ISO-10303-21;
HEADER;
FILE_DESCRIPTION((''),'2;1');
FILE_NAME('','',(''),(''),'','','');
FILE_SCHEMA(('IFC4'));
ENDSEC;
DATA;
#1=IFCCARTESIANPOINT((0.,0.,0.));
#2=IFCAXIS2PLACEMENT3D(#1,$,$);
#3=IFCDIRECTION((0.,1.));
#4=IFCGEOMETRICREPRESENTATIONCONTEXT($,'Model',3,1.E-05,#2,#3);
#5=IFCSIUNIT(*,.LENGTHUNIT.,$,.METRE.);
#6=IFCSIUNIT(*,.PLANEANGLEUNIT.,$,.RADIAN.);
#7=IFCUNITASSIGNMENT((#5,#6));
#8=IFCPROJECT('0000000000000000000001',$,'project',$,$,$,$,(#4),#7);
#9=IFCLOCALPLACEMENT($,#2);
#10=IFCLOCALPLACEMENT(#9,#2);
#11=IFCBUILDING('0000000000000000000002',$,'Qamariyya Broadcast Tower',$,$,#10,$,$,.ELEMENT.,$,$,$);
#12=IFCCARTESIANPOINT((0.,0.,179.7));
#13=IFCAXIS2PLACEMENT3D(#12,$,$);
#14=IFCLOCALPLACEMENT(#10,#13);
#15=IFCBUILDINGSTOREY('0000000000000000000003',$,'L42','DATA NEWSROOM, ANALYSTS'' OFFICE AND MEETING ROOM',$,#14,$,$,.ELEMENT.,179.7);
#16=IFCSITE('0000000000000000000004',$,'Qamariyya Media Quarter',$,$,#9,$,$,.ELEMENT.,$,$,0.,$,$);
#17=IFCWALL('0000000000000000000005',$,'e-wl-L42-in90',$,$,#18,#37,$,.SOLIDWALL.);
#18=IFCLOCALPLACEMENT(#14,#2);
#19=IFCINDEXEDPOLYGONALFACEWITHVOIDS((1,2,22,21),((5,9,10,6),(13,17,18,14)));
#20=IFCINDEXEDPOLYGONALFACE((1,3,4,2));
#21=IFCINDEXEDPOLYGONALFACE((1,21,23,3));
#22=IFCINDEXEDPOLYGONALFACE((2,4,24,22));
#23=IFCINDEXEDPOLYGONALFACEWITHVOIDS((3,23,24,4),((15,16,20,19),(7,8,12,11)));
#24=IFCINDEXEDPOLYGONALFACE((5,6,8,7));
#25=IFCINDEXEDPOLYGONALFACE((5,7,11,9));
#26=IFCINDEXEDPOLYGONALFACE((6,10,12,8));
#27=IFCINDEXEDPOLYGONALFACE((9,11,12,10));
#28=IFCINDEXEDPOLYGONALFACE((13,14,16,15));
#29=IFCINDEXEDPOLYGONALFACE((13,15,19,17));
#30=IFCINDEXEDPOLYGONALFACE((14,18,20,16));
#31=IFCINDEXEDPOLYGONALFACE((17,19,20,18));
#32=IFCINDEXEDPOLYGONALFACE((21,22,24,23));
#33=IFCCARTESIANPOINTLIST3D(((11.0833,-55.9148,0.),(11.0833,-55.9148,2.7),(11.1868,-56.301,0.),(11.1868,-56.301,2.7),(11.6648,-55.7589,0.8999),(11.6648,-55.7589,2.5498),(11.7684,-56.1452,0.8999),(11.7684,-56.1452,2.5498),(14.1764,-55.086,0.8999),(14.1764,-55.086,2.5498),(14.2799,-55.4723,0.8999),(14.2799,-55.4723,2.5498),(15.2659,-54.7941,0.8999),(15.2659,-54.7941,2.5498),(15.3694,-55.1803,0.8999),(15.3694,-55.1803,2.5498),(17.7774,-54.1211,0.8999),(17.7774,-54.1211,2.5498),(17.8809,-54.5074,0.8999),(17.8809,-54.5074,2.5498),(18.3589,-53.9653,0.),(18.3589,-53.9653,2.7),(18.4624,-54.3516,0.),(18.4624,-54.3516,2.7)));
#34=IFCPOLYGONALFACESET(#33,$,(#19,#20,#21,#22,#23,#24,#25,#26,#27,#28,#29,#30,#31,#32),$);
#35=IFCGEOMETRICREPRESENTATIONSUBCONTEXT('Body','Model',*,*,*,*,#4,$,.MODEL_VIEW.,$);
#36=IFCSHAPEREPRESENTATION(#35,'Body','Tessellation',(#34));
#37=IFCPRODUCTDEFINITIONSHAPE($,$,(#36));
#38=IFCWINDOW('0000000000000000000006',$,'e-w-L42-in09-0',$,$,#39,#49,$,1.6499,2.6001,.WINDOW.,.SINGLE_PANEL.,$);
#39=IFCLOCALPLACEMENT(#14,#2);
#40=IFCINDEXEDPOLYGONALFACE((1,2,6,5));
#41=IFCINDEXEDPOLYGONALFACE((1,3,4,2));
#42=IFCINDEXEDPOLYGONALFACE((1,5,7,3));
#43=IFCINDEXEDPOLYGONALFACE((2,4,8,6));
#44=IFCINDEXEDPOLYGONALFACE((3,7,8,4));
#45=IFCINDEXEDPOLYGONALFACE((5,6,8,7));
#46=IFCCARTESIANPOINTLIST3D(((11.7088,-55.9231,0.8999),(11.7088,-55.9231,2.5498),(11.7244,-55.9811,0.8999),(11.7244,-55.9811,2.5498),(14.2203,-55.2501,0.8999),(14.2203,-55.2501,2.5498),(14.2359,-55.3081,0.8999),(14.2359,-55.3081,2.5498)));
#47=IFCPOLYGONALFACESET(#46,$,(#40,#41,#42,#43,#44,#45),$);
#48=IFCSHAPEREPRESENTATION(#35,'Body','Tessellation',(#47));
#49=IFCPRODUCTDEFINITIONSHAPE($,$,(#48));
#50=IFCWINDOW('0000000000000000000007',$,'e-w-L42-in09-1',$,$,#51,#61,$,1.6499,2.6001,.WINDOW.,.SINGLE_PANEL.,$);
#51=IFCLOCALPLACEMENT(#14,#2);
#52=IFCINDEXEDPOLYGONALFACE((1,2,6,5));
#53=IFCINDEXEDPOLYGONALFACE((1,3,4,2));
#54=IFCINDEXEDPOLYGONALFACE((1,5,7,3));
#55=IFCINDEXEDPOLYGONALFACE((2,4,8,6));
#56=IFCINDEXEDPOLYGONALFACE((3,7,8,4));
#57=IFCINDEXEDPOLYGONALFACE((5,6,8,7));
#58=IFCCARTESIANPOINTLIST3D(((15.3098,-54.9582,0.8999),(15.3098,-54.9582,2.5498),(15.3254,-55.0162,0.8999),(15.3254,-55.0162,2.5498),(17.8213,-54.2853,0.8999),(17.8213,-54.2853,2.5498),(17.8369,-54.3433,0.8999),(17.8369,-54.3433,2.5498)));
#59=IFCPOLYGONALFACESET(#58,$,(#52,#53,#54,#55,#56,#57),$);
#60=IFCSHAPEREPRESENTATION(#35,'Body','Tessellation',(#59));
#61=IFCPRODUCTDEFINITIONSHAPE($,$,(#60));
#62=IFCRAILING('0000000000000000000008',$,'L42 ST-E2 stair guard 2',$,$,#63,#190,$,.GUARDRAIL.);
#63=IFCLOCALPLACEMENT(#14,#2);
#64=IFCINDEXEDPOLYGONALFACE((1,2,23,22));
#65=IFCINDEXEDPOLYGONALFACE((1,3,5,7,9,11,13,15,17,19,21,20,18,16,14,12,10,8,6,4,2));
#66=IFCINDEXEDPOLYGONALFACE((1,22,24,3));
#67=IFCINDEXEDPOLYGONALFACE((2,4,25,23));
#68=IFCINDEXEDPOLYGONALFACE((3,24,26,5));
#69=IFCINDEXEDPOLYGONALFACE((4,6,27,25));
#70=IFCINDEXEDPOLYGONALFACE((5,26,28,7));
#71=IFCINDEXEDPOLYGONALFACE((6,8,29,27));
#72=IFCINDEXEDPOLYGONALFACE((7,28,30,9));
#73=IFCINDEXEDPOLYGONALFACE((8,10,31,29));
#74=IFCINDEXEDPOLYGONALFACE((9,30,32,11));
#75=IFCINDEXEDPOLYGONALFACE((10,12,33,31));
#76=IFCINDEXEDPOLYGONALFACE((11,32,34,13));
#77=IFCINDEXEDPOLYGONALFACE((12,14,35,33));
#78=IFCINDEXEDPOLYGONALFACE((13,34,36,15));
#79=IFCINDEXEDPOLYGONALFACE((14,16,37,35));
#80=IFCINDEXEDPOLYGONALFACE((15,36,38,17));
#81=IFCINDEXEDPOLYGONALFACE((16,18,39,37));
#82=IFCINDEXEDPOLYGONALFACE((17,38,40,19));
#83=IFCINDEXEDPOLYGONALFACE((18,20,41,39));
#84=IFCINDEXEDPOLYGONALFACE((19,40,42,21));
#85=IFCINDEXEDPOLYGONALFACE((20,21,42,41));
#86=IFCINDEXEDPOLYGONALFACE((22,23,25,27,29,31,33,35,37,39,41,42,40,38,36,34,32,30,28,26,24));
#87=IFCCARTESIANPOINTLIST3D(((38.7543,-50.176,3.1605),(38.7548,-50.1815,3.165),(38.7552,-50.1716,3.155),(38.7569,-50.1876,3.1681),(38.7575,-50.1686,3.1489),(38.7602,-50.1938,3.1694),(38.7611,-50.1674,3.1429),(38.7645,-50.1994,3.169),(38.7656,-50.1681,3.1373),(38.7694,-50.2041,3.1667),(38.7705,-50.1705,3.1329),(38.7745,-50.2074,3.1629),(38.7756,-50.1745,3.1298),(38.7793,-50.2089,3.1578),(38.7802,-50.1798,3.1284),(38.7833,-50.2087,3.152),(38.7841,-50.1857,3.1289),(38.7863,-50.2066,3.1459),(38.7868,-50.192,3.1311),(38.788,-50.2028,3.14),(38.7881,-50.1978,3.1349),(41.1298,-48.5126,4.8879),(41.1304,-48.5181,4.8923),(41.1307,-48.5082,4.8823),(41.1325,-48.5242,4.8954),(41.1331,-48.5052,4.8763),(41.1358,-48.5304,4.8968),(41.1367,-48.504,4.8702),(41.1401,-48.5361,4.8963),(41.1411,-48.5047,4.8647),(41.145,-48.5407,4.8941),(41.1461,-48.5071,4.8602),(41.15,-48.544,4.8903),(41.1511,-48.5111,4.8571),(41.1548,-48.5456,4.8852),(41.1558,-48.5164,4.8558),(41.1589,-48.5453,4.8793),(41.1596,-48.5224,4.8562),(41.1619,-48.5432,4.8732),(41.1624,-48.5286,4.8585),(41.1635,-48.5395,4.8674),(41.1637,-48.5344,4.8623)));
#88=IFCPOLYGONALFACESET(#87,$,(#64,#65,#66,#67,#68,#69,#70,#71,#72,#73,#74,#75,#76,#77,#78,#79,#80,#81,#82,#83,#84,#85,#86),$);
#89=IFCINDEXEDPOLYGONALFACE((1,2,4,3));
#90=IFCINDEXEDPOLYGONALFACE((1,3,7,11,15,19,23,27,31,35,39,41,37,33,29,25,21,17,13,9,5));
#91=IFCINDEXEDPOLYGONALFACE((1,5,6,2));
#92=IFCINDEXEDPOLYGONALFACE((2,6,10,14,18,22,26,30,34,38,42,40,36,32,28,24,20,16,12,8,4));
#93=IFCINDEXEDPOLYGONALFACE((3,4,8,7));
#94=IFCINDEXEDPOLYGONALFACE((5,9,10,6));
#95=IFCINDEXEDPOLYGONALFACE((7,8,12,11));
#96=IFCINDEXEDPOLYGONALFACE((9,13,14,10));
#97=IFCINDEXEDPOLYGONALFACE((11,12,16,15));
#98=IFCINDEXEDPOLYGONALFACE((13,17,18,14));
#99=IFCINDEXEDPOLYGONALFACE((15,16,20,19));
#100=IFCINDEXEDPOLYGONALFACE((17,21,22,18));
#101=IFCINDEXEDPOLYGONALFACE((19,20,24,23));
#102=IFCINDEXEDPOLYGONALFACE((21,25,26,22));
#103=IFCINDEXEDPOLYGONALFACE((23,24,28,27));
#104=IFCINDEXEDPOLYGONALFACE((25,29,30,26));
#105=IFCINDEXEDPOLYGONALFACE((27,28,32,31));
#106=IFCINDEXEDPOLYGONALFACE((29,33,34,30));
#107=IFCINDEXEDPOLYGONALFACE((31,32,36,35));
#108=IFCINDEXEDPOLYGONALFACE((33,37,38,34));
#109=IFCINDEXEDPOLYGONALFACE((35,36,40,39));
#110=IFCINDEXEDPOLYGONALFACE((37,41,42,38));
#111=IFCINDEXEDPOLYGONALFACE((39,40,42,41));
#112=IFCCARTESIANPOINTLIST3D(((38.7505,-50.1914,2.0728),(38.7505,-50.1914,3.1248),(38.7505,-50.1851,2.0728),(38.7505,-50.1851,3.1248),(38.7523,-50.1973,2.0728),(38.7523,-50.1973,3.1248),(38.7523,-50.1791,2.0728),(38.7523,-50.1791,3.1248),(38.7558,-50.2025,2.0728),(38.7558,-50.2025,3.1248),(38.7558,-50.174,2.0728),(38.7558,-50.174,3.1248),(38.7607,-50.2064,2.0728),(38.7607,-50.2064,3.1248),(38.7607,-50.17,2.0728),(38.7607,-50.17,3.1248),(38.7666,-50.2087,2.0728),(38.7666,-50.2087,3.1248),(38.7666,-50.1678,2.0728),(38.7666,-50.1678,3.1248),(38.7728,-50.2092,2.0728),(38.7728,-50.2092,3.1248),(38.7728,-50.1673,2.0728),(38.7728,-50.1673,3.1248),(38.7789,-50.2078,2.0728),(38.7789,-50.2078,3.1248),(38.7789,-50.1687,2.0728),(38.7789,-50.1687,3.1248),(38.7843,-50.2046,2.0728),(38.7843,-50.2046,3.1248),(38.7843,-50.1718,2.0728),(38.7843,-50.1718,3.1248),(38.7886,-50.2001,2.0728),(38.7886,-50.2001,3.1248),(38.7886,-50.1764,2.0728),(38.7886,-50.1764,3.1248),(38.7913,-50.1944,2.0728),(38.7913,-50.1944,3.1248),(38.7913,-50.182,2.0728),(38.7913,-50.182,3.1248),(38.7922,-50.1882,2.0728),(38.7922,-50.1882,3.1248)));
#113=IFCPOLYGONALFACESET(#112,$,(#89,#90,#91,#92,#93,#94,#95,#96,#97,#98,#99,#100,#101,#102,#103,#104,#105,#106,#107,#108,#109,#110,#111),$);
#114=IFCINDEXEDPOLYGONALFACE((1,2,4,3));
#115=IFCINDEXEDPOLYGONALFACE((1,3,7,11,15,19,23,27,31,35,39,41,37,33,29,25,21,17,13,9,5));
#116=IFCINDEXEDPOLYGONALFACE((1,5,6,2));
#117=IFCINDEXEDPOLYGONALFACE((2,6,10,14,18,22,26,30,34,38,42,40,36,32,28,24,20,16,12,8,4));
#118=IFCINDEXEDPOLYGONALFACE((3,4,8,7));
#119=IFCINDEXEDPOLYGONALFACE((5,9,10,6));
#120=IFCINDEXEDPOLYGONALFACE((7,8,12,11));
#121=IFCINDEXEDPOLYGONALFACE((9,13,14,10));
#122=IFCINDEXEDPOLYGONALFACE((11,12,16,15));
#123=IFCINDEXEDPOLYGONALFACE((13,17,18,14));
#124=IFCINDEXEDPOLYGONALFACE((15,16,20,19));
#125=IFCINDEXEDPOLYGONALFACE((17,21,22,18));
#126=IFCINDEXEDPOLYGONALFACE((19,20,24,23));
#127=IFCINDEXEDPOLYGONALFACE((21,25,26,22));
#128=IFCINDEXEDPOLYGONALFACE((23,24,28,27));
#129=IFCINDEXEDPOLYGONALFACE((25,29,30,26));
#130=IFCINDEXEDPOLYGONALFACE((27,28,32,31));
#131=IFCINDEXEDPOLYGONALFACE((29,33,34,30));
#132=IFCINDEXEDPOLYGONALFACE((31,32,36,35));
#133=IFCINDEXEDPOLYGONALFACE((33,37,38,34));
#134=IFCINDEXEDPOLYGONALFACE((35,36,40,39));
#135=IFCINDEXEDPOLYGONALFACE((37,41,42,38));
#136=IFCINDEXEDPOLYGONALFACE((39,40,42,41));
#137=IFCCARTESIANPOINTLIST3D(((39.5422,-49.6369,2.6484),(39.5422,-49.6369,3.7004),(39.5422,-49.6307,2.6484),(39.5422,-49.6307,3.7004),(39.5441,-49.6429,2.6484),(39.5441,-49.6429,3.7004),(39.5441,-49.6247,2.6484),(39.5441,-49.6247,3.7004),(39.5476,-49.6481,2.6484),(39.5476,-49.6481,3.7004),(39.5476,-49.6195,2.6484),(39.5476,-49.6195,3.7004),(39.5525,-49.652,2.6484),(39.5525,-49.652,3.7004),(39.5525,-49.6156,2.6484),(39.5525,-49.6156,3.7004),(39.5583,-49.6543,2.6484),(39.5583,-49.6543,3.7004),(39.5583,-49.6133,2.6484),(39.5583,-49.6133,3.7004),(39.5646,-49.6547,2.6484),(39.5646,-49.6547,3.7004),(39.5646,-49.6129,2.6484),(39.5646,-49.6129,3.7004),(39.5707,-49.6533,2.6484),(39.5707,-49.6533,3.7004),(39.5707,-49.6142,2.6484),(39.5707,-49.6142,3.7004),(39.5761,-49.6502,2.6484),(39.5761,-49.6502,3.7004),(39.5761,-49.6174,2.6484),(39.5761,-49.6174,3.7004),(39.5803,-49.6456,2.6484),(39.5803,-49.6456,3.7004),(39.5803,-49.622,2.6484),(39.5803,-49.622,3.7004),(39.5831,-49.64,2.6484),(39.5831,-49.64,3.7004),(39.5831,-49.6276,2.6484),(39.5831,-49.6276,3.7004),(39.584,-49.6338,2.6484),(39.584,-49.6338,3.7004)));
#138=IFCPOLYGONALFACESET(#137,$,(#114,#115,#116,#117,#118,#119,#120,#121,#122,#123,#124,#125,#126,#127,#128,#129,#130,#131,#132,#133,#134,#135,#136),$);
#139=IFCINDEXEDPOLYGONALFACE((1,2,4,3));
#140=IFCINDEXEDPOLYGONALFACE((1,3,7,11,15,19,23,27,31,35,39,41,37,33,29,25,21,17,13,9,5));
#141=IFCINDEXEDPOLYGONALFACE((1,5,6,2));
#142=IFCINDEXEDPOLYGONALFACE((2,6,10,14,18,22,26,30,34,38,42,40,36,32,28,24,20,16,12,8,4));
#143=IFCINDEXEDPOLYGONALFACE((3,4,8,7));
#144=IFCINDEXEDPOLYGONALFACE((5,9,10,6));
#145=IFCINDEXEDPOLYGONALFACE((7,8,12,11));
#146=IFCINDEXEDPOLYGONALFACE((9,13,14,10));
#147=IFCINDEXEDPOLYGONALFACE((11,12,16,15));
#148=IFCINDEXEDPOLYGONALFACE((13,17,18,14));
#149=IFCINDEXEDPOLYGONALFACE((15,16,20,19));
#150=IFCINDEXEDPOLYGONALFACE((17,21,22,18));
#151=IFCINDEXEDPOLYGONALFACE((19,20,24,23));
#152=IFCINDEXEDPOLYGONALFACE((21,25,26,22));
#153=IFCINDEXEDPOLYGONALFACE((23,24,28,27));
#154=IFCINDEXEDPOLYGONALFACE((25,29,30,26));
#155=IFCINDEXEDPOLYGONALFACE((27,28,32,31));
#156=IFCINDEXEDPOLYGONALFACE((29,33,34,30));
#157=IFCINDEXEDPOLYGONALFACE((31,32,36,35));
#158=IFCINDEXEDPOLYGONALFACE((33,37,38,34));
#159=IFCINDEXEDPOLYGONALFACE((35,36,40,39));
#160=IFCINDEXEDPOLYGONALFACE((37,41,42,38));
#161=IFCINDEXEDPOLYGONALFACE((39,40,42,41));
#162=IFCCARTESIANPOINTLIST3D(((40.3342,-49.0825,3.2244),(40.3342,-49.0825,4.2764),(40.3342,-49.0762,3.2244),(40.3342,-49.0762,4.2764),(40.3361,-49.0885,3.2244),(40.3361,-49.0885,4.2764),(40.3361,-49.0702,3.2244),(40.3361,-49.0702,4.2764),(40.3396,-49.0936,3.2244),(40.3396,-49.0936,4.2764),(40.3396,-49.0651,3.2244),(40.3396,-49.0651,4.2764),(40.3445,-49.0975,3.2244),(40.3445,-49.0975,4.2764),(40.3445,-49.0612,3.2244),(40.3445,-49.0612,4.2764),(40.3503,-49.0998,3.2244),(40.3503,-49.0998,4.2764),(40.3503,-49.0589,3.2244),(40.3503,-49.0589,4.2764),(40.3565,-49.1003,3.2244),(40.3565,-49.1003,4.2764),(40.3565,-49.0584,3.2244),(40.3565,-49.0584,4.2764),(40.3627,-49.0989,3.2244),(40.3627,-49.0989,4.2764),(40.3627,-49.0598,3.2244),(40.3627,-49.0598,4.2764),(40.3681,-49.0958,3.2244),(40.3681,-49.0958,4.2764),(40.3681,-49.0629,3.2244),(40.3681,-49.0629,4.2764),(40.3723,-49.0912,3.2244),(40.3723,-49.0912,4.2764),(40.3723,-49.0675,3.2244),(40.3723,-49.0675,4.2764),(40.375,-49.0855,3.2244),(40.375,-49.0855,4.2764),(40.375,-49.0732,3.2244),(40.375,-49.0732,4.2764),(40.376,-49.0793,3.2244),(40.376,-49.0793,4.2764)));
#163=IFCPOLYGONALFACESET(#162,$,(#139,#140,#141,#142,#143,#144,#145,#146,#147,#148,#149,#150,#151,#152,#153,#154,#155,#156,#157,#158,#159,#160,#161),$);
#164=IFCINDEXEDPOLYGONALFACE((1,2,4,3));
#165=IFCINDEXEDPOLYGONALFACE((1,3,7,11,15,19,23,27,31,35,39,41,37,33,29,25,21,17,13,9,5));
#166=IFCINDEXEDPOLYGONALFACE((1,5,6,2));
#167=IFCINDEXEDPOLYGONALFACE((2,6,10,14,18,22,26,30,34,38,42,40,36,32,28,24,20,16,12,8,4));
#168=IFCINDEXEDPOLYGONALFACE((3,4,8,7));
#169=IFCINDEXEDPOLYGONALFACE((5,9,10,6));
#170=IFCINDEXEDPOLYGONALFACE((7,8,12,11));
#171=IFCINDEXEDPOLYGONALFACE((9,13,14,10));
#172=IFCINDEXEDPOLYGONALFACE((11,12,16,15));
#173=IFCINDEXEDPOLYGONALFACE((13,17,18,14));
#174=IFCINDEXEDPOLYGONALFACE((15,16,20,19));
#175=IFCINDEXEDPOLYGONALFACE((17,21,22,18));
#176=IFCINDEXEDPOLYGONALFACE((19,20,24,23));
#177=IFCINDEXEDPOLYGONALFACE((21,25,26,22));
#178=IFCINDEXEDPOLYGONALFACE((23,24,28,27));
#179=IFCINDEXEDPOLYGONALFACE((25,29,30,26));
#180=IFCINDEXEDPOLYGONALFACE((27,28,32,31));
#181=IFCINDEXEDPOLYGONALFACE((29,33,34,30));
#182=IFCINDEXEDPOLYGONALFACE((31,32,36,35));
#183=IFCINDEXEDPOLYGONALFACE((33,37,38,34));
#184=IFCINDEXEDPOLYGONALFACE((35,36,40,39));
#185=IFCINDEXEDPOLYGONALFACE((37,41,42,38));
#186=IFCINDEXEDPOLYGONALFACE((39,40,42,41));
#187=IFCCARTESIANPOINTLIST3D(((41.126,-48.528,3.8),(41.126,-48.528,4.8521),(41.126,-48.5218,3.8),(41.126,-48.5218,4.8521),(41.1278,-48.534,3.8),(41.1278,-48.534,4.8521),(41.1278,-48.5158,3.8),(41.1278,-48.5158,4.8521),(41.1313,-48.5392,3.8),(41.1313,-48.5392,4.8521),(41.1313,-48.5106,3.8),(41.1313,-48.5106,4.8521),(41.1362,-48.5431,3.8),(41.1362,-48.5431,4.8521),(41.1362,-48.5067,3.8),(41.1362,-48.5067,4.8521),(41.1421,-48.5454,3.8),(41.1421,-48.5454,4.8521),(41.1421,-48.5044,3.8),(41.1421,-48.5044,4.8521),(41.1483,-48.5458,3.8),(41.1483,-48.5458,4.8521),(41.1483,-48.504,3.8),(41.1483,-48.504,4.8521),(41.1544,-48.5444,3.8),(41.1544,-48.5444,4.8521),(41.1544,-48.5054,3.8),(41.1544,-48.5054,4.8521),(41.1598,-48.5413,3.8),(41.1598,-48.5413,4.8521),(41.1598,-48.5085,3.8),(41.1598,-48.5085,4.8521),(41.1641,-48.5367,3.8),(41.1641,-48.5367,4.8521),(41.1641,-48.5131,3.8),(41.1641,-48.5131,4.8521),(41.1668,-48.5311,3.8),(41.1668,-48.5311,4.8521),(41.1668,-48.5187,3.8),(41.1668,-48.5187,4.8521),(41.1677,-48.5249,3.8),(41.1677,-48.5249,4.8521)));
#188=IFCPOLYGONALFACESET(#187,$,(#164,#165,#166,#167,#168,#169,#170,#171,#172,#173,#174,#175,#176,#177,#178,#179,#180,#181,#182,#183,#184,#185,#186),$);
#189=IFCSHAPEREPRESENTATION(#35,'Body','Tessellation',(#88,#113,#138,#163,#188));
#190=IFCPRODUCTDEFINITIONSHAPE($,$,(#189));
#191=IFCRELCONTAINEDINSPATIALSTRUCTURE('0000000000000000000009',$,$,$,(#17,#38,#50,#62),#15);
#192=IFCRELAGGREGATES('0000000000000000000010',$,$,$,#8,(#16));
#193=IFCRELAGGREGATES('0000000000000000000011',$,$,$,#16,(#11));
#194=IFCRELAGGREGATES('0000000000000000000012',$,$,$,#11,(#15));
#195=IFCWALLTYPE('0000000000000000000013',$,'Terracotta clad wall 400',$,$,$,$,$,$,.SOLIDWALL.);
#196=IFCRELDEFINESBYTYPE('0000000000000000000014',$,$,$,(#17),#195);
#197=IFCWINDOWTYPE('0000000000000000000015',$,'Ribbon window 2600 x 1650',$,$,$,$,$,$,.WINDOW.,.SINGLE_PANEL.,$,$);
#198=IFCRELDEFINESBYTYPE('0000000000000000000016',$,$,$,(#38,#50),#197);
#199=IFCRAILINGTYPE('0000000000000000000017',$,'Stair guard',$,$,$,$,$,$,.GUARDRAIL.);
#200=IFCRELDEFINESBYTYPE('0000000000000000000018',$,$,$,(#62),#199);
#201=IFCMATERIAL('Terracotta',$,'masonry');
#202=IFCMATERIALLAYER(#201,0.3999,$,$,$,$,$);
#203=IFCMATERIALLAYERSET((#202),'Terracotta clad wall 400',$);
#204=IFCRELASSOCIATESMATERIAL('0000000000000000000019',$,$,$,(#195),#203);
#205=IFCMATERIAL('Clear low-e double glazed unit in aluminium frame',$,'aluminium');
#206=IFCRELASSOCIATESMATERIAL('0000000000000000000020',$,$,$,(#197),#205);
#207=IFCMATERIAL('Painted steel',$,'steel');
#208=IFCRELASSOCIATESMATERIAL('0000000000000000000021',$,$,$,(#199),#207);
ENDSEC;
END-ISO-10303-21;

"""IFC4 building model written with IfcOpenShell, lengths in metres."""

from ifc_helpers import new_model, si_unit, direction, frame, frame_2d, origin, origin_2d, place, context, subcontext, project, spatial, rectangle, circle, extrude, material, layer, layer_set, type_object, element, fill, save


model = new_model("IFC4")

# Units and contexts
model_context = context("Model", 3, precision=1e-05, world=origin(), true_north=direction((0.0, 1.0)))
body_context = subcontext(model_context, "Body", "Model", "MODEL_VIEW")
ifc_project = project(units=[si_unit("LENGTHUNIT", "METRE"), si_unit("PLANEANGLEUNIT", "RADIAN")], contexts=[model_context])

# Site, building, storey
site_placement = place(None, origin())
site = spatial("IfcSite", under=ifc_project, at=site_placement, Name="Qamariyya Media Quarter", CompositionType="ELEMENT", RefElevation=0.0)
building_placement = place(site_placement, origin())
building = spatial("IfcBuilding", under=site, at=building_placement, Name="Qamariyya Broadcast Tower", CompositionType="ELEMENT")
storey_placement = place(building_placement, frame((0.0, 0.0, 179.7)))
storey = spatial("IfcBuildingStorey", under=building, at=storey_placement, Name="L42", Description="DATA NEWSROOM, ANALYSTS' OFFICE AND MEETING ROOM", CompositionType="ELEMENT", Elevation=179.7)

# Wall, openings, windows
ifc_material_1 = material(Name="Terracotta", Category="masonry")
ifc_layer_1 = layer(ifc_material_1, 0.3999)
ifc_layer_set_1 = layer_set([ifc_layer_1], Name="Terracotta clad wall 400")
wall_type_1 = type_object("IfcWallType", Name="Terracotta clad wall 400", PredefinedType="SOLIDWALL", material=ifc_layer_set_1)
ifc_material_2 = material(Name="Clear low-e double glazed unit in aluminium frame", Category="aluminium")
window_type = type_object("IfcWindowType", Name="Ribbon window 2600 x 1650", PartitioningType="SINGLE_PANEL", PredefinedType="WINDOW", material=ifc_material_2)
wall_1_placement = place(storey_placement, frame((18.4106, -54.1584, 0.0), z_axis=(0.0, 0.0, 1.0), x_axis=(-0.965927, -0.258814, 0.0)))
wall_1 = element("IfcWall", 1, at=wall_1_placement, inside=storey, type_object=wall_type_1, Name="e-wl-L42-in90", PredefinedType="SOLIDWALL", context=body_context, shape_type="SweptSolid", body=[
    extrude(rectangle(XDim=7.5322, YDim=0.3999, at=frame_2d((3.7661, 0.0))), origin(), (0.0, 0.0, 1.0), 2.7),
])
opening_1_placement = place(wall_1_placement, frame((4.3301, 0.0, 0.8999)))
opening_1 = element("IfcOpeningElement", 2, at=opening_1_placement, cuts=wall_1, PredefinedType="OPENING", context=body_context, shape_type="SweptSolid", body=[
    extrude(rectangle(XDim=2.6001, YDim=1.6499, at=frame_2d((1.3, 0.825))), frame((0.0, 0.21, 0.0), z_axis=(0.0, -1.0, 0.0), x_axis=(1.0, 0.0, 0.0)), (0.0, 0.0, 1.0), 0.4199),
])
opening_2_placement = place(wall_1_placement, frame((0.6021, 0.0, 0.8999)))
opening_2 = element("IfcOpeningElement", 3, at=opening_2_placement, cuts=wall_1, PredefinedType="OPENING", context=body_context, shape_type="SweptSolid", body=[
    extrude(rectangle(XDim=2.6001, YDim=1.6499, at=frame_2d((1.3, 0.825))), frame((0.0, 0.21, 0.0), z_axis=(0.0, -1.0, 0.0), x_axis=(1.0, 0.0, 0.0)), (0.0, 0.0, 1.0), 0.4199),
])
window_1_placement = place(opening_1_placement, origin())
window_1 = element("IfcWindow", 4, at=window_1_placement, inside=storey, type_object=window_type, Name="e-w-L42-in09-0", OverallHeight=1.6499, OverallWidth=2.6001, PartitioningType="SINGLE_PANEL", PredefinedType="WINDOW", context=body_context, shape_type="SweptSolid", body=[
    extrude(rectangle(XDim=2.6001, YDim=1.6499, at=frame_2d((1.3, 0.825))), frame((0.0, 0.03, 0.0), z_axis=(0.0, -1.0, 0.0), x_axis=(1.0, 0.0, 0.0)), (0.0, 0.0, 1.0), 0.0601),
])
fill(opening_1, window_1)
window_2_placement = place(opening_2_placement, origin())
window_2 = element("IfcWindow", 5, at=window_2_placement, inside=storey, type_object=window_type, Name="e-w-L42-in09-1", OverallHeight=1.6499, OverallWidth=2.6001, PartitioningType="SINGLE_PANEL", PredefinedType="WINDOW", context=body_context, shape_type="SweptSolid", body=[
    extrude(rectangle(XDim=2.6001, YDim=1.6499, at=frame_2d((1.3, 0.825))), frame((0.0, 0.03, 0.0), z_axis=(0.0, -1.0, 0.0), x_axis=(1.0, 0.0, 0.0)), (0.0, 0.0, 1.0), 0.0601),
])
fill(opening_2, window_2)

# Railing
ifc_material_3 = material(Name="Painted steel", Category="steel")
railing_type = type_object("IfcRailingType", Name="Stair guard", PredefinedType="GUARDRAIL", material=ifc_material_3)
railing_placement = place(storey_placement, frame((38.7712, -50.1882, 2.0728)))
element("IfcRailing", 6, at=railing_placement, inside=storey, type_object=railing_type, Name="L42 ST-E2 stair guard 2", PredefinedType="GUARDRAIL", context=body_context, shape_type="SweptSolid", body=[
    extrude(circle(Radius=0.0239, at=origin_2d()), frame((0.0, 0.0, 1.0762), z_axis=(0.70377, 0.492784, 0.511734), x_axis=(-0.573575, 0.819153, 0.0)), (0.0, 0.0, 1.0), 3.3755),
    extrude(circle(Radius=0.021, at=origin_2d()), origin(), (0.0, 0.0, 1.0), 1.052),
    extrude(circle(Radius=0.021, at=origin_2d()), frame((0.7917, 0.5544, 0.5757)), (0.0, 0.0, 1.0), 1.052),
    extrude(circle(Radius=0.021, at=origin_2d()), frame((1.5837, 1.1089, 1.1516)), (0.0, 0.0, 1.0), 1.052),
    extrude(circle(Radius=0.021, at=origin_2d()), frame((2.3755, 1.6633, 1.7273)), (0.0, 0.0, 1.0), 1.052),
])

save(model, "model.ifc")
